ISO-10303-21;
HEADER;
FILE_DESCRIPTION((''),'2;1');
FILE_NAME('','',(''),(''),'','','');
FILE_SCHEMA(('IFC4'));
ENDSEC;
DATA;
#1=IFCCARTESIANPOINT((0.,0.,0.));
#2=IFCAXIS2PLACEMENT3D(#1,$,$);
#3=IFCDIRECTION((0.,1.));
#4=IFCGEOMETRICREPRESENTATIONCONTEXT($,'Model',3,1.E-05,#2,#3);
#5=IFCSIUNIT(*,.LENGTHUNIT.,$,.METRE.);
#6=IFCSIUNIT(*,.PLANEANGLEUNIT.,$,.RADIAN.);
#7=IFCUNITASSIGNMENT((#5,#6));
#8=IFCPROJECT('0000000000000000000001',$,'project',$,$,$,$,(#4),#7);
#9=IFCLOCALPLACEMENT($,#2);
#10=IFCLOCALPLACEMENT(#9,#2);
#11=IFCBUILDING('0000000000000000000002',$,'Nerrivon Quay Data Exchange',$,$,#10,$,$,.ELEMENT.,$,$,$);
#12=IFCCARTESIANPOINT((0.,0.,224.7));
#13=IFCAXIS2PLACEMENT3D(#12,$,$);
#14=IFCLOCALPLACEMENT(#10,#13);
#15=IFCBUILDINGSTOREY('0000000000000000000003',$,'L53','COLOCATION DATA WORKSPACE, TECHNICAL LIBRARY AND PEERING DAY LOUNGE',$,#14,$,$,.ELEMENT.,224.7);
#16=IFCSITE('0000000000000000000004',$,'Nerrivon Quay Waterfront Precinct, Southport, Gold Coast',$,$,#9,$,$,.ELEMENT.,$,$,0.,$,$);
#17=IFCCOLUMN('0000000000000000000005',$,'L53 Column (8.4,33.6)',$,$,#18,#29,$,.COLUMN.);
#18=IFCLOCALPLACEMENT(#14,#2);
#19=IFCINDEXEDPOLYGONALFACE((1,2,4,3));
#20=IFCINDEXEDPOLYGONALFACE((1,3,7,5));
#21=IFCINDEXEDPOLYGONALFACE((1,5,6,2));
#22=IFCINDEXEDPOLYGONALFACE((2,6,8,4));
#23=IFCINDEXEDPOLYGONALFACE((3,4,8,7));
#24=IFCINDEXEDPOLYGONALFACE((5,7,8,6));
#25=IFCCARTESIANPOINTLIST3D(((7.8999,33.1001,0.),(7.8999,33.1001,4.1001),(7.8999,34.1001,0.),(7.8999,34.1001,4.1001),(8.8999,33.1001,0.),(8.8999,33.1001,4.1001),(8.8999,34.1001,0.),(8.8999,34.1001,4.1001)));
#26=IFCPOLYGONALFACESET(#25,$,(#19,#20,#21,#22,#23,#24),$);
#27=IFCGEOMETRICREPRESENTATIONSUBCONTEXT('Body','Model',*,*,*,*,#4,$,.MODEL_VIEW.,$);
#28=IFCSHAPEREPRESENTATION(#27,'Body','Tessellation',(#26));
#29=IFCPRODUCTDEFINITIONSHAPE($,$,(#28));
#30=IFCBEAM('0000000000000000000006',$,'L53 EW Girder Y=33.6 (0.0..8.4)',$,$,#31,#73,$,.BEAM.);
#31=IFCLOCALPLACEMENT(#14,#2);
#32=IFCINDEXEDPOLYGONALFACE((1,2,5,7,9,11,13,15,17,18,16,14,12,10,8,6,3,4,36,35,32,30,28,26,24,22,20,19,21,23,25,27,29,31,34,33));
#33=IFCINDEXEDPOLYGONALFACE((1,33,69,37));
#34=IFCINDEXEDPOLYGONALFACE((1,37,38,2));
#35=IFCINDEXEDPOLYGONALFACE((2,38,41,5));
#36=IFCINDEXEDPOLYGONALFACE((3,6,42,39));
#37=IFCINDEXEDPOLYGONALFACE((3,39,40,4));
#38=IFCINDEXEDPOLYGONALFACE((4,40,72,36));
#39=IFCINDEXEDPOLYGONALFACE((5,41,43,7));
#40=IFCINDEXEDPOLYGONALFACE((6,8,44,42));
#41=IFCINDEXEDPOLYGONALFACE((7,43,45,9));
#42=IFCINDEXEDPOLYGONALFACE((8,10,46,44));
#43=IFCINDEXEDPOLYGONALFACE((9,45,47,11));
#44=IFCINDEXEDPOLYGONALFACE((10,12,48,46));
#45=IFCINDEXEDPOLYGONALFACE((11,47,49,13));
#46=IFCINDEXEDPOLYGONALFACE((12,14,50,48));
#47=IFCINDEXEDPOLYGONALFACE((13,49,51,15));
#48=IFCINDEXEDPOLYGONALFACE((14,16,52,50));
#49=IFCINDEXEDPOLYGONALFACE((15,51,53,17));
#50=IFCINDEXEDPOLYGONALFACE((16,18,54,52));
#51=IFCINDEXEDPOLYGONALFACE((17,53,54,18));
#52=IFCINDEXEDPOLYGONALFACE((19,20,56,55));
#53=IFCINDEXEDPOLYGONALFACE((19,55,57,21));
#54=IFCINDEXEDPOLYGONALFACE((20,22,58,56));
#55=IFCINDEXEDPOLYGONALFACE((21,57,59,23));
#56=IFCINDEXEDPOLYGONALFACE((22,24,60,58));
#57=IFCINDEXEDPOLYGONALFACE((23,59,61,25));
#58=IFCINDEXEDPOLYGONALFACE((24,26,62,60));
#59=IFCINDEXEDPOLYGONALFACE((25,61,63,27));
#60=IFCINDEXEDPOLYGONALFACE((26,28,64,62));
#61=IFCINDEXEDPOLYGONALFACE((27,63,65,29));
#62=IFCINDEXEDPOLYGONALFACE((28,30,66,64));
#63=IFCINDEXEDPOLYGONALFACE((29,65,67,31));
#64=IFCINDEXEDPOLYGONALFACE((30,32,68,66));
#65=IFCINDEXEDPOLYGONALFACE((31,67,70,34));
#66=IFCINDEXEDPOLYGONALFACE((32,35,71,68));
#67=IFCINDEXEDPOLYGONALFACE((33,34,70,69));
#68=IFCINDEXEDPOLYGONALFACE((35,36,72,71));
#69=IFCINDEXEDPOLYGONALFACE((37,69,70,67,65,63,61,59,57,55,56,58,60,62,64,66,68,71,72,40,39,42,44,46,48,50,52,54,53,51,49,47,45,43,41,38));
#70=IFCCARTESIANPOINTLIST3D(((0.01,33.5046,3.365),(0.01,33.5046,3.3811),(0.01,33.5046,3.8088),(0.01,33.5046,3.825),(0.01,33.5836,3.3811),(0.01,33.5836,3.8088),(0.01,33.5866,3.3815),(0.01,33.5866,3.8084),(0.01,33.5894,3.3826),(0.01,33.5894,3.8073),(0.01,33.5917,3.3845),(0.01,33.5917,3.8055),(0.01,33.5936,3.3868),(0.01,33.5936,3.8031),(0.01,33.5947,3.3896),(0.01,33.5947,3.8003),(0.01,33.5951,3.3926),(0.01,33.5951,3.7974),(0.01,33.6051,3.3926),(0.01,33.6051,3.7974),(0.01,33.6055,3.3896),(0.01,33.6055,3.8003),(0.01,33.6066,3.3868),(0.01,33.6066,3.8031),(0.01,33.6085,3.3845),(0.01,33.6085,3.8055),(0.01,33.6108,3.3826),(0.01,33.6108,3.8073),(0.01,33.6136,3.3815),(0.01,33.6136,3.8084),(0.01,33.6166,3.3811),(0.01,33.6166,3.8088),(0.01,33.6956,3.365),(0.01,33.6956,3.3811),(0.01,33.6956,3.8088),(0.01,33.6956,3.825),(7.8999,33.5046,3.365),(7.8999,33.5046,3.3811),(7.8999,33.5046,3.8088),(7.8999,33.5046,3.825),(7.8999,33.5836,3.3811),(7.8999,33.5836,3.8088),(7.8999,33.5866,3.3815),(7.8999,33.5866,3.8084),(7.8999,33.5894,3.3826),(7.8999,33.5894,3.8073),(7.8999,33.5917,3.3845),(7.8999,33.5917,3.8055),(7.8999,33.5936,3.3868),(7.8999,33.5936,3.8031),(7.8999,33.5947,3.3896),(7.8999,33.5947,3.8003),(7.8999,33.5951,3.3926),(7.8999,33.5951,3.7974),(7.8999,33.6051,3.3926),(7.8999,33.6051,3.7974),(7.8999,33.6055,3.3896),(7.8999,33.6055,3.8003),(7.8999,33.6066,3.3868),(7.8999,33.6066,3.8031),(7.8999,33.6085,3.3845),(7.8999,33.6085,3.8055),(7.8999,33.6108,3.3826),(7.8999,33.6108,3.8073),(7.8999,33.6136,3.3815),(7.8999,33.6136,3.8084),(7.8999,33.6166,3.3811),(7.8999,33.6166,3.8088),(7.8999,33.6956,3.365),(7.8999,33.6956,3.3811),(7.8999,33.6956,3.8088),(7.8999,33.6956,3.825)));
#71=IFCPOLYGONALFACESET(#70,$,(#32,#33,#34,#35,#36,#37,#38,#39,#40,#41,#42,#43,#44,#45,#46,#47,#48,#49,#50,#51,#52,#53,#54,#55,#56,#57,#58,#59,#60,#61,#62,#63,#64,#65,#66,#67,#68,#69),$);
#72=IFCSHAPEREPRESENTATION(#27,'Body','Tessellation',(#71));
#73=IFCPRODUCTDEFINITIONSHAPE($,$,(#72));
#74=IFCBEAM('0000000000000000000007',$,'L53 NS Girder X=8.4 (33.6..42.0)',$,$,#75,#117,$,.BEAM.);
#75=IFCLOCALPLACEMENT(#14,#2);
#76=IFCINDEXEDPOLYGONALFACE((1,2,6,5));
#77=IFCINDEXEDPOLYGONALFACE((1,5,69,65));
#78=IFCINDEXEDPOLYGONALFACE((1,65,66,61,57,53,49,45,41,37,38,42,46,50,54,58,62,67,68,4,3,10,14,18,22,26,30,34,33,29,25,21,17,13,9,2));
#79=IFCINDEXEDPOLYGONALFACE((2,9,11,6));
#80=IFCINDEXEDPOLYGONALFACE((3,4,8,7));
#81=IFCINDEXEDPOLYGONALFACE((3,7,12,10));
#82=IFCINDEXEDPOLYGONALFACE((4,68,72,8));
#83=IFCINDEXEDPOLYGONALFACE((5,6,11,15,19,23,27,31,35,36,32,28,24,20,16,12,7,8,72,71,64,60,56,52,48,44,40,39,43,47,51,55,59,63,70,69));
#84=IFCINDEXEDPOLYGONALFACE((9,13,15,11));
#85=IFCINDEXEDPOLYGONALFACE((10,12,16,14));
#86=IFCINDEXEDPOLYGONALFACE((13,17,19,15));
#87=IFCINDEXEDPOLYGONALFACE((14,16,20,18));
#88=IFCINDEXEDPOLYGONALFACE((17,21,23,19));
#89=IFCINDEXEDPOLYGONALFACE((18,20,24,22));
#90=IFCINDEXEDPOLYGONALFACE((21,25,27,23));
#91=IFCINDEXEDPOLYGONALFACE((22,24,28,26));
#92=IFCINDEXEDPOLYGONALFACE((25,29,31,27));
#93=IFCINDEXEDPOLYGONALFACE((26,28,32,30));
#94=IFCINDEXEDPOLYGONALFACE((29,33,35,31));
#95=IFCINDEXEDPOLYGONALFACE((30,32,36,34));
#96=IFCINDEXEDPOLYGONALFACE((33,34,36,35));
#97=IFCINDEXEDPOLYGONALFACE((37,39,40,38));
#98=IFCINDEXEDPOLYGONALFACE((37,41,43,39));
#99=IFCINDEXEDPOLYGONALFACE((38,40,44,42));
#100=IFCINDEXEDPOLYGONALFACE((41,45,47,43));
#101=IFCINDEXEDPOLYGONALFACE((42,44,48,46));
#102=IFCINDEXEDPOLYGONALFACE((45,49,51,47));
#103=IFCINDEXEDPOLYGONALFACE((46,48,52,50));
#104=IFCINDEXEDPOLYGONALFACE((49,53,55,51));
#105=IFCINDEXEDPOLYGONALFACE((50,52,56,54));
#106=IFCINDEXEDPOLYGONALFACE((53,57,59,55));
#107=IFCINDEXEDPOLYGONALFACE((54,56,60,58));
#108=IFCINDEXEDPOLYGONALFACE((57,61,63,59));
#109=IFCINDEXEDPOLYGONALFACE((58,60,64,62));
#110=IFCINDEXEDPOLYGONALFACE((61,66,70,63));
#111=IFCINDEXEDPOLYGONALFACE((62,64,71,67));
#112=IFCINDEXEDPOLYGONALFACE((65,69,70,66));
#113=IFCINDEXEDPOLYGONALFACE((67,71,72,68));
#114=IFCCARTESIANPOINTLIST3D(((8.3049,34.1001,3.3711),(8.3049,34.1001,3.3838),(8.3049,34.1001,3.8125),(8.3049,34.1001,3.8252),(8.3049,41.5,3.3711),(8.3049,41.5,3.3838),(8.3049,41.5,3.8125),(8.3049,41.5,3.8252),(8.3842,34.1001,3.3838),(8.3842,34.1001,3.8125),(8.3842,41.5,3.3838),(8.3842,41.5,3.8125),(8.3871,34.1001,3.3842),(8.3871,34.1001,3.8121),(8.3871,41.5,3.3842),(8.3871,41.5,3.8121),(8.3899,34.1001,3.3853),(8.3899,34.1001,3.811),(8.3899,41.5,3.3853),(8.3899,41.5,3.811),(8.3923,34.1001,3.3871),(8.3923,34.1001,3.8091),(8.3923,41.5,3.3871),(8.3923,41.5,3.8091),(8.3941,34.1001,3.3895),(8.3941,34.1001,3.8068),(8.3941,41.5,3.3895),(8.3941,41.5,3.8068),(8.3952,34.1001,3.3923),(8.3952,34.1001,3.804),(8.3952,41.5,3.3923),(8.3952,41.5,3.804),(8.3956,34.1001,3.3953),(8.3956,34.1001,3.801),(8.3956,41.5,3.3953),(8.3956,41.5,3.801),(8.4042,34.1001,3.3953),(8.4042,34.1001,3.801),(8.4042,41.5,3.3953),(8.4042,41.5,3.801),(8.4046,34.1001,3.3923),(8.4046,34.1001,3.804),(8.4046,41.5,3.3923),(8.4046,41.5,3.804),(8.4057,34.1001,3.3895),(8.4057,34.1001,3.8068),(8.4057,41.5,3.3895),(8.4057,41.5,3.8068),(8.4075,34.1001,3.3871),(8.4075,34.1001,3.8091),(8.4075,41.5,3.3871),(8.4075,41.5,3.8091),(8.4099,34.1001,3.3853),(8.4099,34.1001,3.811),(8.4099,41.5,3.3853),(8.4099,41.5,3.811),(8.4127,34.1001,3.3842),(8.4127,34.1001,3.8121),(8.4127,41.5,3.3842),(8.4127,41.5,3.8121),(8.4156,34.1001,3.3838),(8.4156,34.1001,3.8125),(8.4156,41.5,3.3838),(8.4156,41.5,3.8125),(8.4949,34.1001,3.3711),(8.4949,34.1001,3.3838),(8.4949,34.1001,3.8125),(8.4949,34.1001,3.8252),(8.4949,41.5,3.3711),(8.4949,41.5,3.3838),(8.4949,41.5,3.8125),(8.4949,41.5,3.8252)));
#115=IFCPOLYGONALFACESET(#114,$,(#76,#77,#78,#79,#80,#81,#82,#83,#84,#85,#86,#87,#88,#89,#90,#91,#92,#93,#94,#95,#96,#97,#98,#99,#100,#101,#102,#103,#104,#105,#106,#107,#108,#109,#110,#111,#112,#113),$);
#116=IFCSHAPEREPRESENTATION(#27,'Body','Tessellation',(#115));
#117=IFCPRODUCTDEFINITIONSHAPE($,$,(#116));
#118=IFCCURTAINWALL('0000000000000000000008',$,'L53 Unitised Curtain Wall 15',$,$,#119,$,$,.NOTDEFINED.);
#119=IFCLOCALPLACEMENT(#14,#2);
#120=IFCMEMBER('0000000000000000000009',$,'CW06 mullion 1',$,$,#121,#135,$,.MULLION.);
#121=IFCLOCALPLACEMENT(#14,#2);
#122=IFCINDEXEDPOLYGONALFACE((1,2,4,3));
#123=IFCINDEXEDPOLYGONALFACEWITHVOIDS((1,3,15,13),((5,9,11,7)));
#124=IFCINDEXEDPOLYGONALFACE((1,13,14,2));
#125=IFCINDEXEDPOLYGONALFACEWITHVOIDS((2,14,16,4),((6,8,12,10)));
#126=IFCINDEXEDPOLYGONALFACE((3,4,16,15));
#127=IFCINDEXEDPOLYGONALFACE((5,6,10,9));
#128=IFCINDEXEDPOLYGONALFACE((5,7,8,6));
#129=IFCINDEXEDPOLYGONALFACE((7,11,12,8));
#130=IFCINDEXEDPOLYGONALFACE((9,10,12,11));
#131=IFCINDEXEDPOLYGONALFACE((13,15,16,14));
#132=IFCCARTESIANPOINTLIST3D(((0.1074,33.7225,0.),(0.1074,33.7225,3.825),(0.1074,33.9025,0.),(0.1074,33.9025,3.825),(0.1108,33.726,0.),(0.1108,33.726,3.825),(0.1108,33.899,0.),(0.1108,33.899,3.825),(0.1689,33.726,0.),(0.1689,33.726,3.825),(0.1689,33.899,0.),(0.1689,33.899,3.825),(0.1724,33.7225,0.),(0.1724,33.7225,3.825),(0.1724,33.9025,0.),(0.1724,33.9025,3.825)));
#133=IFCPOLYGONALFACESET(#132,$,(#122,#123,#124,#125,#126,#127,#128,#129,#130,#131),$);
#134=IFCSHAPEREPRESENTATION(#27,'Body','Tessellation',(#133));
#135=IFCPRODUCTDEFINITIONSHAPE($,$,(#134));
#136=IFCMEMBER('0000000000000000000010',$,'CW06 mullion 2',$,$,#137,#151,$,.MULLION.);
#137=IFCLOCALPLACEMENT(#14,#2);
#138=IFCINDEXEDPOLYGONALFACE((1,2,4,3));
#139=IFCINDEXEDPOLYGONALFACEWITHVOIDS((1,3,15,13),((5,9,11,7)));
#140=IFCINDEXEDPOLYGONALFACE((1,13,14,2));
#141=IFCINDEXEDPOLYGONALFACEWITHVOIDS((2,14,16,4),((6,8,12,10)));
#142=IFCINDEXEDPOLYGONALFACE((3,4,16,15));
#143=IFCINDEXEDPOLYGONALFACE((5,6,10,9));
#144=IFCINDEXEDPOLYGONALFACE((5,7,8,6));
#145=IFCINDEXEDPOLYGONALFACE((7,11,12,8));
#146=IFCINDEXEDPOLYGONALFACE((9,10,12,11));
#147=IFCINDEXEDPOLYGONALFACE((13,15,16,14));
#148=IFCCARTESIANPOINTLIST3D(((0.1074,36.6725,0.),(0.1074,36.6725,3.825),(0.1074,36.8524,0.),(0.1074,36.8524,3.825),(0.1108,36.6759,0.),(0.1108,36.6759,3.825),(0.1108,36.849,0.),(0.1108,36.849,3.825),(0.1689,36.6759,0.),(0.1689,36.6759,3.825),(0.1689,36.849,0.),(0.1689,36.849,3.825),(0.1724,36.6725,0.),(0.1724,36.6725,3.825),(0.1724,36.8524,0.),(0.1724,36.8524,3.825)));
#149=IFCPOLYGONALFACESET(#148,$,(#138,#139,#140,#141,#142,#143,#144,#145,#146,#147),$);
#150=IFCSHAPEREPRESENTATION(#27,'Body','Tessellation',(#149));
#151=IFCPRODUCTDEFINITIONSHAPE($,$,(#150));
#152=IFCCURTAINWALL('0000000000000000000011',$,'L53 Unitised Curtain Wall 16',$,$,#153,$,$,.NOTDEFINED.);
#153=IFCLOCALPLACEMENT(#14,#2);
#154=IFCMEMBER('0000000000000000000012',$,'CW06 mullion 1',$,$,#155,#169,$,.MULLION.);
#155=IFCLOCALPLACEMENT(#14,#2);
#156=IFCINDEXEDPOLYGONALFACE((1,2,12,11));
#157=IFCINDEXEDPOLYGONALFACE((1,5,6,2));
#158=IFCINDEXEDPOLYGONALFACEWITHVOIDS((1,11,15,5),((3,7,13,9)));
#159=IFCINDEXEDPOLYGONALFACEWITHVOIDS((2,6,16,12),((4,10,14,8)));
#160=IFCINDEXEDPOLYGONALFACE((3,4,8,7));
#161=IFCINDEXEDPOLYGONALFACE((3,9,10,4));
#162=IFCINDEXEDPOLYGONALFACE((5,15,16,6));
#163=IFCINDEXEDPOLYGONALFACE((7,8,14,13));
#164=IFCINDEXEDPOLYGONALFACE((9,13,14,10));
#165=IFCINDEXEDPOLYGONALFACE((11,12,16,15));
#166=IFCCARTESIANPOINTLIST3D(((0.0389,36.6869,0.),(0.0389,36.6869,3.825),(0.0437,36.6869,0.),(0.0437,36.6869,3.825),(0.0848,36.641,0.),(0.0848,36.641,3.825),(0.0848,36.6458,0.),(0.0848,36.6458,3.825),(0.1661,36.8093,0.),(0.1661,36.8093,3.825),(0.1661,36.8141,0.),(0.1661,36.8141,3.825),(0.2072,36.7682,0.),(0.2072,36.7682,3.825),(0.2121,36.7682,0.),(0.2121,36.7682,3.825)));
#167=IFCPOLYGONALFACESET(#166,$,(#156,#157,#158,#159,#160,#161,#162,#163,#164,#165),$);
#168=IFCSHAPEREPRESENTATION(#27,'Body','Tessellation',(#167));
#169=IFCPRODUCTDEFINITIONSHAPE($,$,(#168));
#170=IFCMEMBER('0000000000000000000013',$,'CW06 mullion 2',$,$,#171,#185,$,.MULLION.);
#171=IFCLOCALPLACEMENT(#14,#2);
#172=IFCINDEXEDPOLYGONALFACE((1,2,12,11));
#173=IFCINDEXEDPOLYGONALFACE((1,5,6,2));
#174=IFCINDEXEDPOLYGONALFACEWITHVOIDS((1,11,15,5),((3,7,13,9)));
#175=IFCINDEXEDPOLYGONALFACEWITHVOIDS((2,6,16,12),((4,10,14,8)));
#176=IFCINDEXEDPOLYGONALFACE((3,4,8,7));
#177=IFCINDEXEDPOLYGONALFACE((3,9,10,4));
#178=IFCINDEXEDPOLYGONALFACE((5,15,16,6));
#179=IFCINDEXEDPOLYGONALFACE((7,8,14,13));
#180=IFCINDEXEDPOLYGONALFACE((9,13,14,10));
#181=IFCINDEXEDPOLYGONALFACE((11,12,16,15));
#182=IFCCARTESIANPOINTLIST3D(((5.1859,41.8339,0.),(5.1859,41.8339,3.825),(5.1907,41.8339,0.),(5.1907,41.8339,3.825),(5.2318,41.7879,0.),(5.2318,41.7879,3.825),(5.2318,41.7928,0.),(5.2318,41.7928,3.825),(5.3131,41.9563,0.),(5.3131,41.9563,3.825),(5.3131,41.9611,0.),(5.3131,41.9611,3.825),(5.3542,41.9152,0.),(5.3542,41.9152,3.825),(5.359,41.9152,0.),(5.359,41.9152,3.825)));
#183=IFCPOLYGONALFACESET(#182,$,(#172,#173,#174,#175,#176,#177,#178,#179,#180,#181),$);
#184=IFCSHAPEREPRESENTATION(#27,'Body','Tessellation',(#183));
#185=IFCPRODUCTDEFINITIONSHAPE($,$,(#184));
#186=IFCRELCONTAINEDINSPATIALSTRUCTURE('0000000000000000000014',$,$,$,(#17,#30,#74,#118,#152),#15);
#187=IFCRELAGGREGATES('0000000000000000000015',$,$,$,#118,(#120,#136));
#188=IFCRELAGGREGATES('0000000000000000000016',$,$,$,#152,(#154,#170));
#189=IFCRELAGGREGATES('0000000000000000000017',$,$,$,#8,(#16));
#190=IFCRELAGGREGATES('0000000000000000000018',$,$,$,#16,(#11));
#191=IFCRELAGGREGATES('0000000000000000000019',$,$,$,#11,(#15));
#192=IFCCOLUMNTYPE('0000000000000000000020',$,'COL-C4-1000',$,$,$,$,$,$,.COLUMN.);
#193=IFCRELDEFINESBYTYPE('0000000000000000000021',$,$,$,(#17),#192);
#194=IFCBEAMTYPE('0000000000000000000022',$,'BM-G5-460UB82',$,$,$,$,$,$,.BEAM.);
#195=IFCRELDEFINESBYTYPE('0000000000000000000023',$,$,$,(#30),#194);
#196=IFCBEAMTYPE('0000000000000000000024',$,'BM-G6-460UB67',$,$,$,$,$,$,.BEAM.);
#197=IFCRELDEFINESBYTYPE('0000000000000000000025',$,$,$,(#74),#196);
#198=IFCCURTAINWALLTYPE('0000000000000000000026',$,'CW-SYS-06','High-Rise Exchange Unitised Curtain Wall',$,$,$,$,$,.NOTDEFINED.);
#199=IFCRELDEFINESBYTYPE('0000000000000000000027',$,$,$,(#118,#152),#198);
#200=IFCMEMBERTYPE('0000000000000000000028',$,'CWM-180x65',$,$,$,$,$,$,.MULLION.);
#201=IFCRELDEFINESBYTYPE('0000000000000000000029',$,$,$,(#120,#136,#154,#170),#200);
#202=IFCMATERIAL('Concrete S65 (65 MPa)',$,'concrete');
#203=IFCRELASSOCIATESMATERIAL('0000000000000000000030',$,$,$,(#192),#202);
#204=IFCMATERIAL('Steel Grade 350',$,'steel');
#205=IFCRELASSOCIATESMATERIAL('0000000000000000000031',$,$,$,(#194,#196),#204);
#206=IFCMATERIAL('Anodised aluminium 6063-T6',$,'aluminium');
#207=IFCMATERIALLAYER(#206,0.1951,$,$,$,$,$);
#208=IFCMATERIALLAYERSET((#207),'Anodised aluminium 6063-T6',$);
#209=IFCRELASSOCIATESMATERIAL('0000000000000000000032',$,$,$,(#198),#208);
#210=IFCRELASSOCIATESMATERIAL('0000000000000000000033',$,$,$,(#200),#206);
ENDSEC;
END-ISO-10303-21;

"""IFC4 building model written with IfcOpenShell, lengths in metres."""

from ifc_helpers import new_model, si_unit, direction, frame, origin, origin_2d, place, context, subcontext, project, spatial, rectangle, hollow_rectangle, i_section, extrude, material, layer, layer_set, material_profile, profile_set, type_object, element, aggregate, save


model = new_model("IFC4")

# Units and contexts
model_context = context("Model", 3, precision=1e-05, world=origin(), true_north=direction((0.0, 1.0)))
body_context = subcontext(model_context, "Body", "Model", "MODEL_VIEW")
ifc_project = project(units=[si_unit("LENGTHUNIT", "METRE"), si_unit("PLANEANGLEUNIT", "RADIAN")], contexts=[model_context])

# Site, building, storey
site_placement = place(None, origin())
site = spatial("IfcSite", under=ifc_project, at=site_placement, Name="Nerrivon Quay Waterfront Precinct, Southport, Gold Coast", CompositionType="ELEMENT", RefElevation=0.0)
building_placement = place(site_placement, origin())
building = spatial("IfcBuilding", under=site, at=building_placement, Name="Nerrivon Quay Data Exchange", CompositionType="ELEMENT")
storey_placement = place(building_placement, frame((0.0, 0.0, 224.7)))
storey = spatial("IfcBuildingStorey", under=building, at=storey_placement, Name="L53", Description="COLOCATION DATA WORKSPACE, TECHNICAL LIBRARY AND PEERING DAY LOUNGE", CompositionType="ELEMENT", Elevation=224.7)

# Column
ifc_material_1 = material(Name="Concrete S65 (65 MPa)", Category="concrete")
ifc_material_profile_1 = material_profile(ifc_material_1, rectangle(XDim=1.0, YDim=1.0, at=origin_2d()), Name="RC-COL-1000x1000")
ifc_profile_set_1 = profile_set([ifc_material_profile_1], Name="Concrete S65 (65 MPa)")
column_type = type_object("IfcColumnType", Name="COL-C4-1000", PredefinedType="COLUMN", material=ifc_profile_set_1)
column_placement = place(storey_placement, frame((8.3999, 33.6001, 0.0), z_axis=(0.0, 0.0, 1.0), x_axis=(1.0, 0.0, 0.0)))
element("IfcColumn", 1, at=column_placement, inside=storey, type_object=column_type, Name="L53 Column (8.4,33.6)", PredefinedType="COLUMN", context=body_context, shape_type="SweptSolid", body=[
    extrude(rectangle(XDim=1.0, YDim=1.0, at=origin_2d()), origin(), (0.0, 0.0, 1.0), 4.1001),
])

# Beams
ifc_material_2 = material(Name="Steel Grade 350", Category="steel")
ifc_material_profile_2 = material_profile(ifc_material_2, i_section(OverallWidth=0.1909, OverallDepth=0.46, WebThickness=0.01, FlangeThickness=0.0161, FilletRadius=0.0115, at=origin_2d()), Name="460UB82.1")
ifc_profile_set_2 = profile_set([ifc_material_profile_2], Name="Steel Grade 350")
beam_type_1 = type_object("IfcBeamType", Name="BM-G5-460UB82", PredefinedType="BEAM", material=ifc_profile_set_2)
beam_1_placement = place(storey_placement, frame((0.01, 33.6001, 3.595), z_axis=(1.0, 0.0, 0.0), x_axis=(0.0, 1.0, 0.0)))
element("IfcBeam", 2, at=beam_1_placement, inside=storey, type_object=beam_type_1, Name="L53 EW Girder Y=33.6 (0.0..8.4)", PredefinedType="BEAM", context=body_context, shape_type="SweptSolid", body=[
    extrude(i_section(OverallWidth=0.1909, OverallDepth=0.46, WebThickness=0.01, FlangeThickness=0.0161, FilletRadius=0.0115, at=origin_2d()), origin(), (0.0, 0.0, 1.0), 7.8899),
])
ifc_material_profile_3 = material_profile(ifc_material_2, i_section(OverallWidth=0.1899, OverallDepth=0.4541, WebThickness=0.0085, FlangeThickness=0.0127, FilletRadius=0.0115, at=origin_2d()), Name="460UB67.1")
ifc_profile_set_3 = profile_set([ifc_material_profile_3], Name="Steel Grade 350")
beam_type_2 = type_object("IfcBeamType", Name="BM-G6-460UB67", PredefinedType="BEAM", material=ifc_profile_set_3)
beam_2_placement = place(storey_placement, frame((8.3999, 34.1001, 3.5981), z_axis=(0.0, 1.0, 0.0), x_axis=(-1.0, 0.0, 0.0)))
element("IfcBeam", 3, at=beam_2_placement, inside=storey, type_object=beam_type_2, Name="L53 NS Girder X=8.4 (33.6..42.0)", PredefinedType="BEAM", context=body_context, shape_type="SweptSolid", body=[
    extrude(i_section(OverallWidth=0.1899, OverallDepth=0.4541, WebThickness=0.0085, FlangeThickness=0.0127, FilletRadius=0.0115, at=origin_2d()), origin(), (0.0, 0.0, 1.0), 7.3999),
])

# Curtain walls, members
ifc_material_3 = material(Name="Anodised aluminium 6063-T6", Category="aluminium")
ifc_layer_1 = layer(ifc_material_3, 0.1951)
ifc_layer_set_1 = layer_set([ifc_layer_1], Name="Anodised aluminium 6063-T6")
curtain_wall_type = type_object("IfcCurtainWallType", Name="CW-SYS-06", Description="High-Rise Exchange Unitised Curtain Wall", PredefinedType="NOTDEFINED", material=ifc_layer_set_1)
curtain_wall_1_placement = place(storey_placement, origin())
curtain_wall_1 = element("IfcCurtainWall", 4, at=curtain_wall_1_placement, inside=storey, type_object=curtain_wall_type, Name="L53 Unitised Curtain Wall 15", PredefinedType="NOTDEFINED")
ifc_material_profile_4 = material_profile(ifc_material_3, hollow_rectangle(XDim=0.0649, YDim=0.1799, WallThickness=0.0034, at=origin_2d()), Name="ALU-MULL-180x65")
ifc_profile_set_4 = profile_set([ifc_material_profile_4], Name="Anodised aluminium 6063-T6")
member_type_1 = type_object("IfcMemberType", Name="CWM-180x65", PredefinedType="MULLION", material=ifc_profile_set_4)
member_1_placement = place(storey_placement, frame((0.1399, 33.8125, 0.0), z_axis=(0.0, 0.0, 1.0), x_axis=(-1.0, 0.0, 0.0)))
member_1 = element("IfcMember", 5, at=member_1_placement, type_object=member_type_1, Name="CW06 mullion 1", PredefinedType="MULLION", context=body_context, shape_type="SweptSolid", body=[
    extrude(hollow_rectangle(XDim=0.0649, YDim=0.1799, WallThickness=0.0034, at=origin_2d()), origin(), (0.0, 0.0, 1.0), 3.825),
])
member_2_placement = place(storey_placement, frame((0.1399, 36.7625, 0.0), z_axis=(0.0, 0.0, 1.0), x_axis=(-1.0, 0.0, 0.0)))
member_2 = element("IfcMember", 6, at=member_2_placement, type_object=member_type_1, Name="CW06 mullion 2", PredefinedType="MULLION", context=body_context, shape_type="SweptSolid", body=[
    extrude(hollow_rectangle(XDim=0.0649, YDim=0.1799, WallThickness=0.0034, at=origin_2d()), origin(), (0.0, 0.0, 1.0), 3.825),
])
curtain_wall_2_placement = place(storey_placement, origin())
curtain_wall_2 = element("IfcCurtainWall", 7, at=curtain_wall_2_placement, inside=storey, type_object=curtain_wall_type, Name="L53 Unitised Curtain Wall 16", PredefinedType="NOTDEFINED")
member_3_placement = place(storey_placement, frame((0.1255, 36.7275, 0.0), z_axis=(0.0, 0.0, 1.0), x_axis=(-0.707107, 0.707107, 0.0)))
member_3 = element("IfcMember", 8, at=member_3_placement, type_object=member_type_1, Name="CW06 mullion 1", PredefinedType="MULLION", context=body_context, shape_type="SweptSolid", body=[
    extrude(hollow_rectangle(XDim=0.0649, YDim=0.1799, WallThickness=0.0034, at=origin_2d()), origin(), (0.0, 0.0, 1.0), 3.825),
])
member_4_placement = place(storey_placement, frame((5.2725, 41.8745, 0.0), z_axis=(0.0, 0.0, 1.0), x_axis=(-0.707107, 0.707107, 0.0)))
member_4 = element("IfcMember", 9, at=member_4_placement, type_object=member_type_1, Name="CW06 mullion 2", PredefinedType="MULLION", context=body_context, shape_type="SweptSolid", body=[
    extrude(hollow_rectangle(XDim=0.0649, YDim=0.1799, WallThickness=0.0034, at=origin_2d()), origin(), (0.0, 0.0, 1.0), 3.825),
])

aggregate(curtain_wall_1, [member_1, member_2])
aggregate(curtain_wall_2, [member_3, member_4])

save(model, "model.ifc")
